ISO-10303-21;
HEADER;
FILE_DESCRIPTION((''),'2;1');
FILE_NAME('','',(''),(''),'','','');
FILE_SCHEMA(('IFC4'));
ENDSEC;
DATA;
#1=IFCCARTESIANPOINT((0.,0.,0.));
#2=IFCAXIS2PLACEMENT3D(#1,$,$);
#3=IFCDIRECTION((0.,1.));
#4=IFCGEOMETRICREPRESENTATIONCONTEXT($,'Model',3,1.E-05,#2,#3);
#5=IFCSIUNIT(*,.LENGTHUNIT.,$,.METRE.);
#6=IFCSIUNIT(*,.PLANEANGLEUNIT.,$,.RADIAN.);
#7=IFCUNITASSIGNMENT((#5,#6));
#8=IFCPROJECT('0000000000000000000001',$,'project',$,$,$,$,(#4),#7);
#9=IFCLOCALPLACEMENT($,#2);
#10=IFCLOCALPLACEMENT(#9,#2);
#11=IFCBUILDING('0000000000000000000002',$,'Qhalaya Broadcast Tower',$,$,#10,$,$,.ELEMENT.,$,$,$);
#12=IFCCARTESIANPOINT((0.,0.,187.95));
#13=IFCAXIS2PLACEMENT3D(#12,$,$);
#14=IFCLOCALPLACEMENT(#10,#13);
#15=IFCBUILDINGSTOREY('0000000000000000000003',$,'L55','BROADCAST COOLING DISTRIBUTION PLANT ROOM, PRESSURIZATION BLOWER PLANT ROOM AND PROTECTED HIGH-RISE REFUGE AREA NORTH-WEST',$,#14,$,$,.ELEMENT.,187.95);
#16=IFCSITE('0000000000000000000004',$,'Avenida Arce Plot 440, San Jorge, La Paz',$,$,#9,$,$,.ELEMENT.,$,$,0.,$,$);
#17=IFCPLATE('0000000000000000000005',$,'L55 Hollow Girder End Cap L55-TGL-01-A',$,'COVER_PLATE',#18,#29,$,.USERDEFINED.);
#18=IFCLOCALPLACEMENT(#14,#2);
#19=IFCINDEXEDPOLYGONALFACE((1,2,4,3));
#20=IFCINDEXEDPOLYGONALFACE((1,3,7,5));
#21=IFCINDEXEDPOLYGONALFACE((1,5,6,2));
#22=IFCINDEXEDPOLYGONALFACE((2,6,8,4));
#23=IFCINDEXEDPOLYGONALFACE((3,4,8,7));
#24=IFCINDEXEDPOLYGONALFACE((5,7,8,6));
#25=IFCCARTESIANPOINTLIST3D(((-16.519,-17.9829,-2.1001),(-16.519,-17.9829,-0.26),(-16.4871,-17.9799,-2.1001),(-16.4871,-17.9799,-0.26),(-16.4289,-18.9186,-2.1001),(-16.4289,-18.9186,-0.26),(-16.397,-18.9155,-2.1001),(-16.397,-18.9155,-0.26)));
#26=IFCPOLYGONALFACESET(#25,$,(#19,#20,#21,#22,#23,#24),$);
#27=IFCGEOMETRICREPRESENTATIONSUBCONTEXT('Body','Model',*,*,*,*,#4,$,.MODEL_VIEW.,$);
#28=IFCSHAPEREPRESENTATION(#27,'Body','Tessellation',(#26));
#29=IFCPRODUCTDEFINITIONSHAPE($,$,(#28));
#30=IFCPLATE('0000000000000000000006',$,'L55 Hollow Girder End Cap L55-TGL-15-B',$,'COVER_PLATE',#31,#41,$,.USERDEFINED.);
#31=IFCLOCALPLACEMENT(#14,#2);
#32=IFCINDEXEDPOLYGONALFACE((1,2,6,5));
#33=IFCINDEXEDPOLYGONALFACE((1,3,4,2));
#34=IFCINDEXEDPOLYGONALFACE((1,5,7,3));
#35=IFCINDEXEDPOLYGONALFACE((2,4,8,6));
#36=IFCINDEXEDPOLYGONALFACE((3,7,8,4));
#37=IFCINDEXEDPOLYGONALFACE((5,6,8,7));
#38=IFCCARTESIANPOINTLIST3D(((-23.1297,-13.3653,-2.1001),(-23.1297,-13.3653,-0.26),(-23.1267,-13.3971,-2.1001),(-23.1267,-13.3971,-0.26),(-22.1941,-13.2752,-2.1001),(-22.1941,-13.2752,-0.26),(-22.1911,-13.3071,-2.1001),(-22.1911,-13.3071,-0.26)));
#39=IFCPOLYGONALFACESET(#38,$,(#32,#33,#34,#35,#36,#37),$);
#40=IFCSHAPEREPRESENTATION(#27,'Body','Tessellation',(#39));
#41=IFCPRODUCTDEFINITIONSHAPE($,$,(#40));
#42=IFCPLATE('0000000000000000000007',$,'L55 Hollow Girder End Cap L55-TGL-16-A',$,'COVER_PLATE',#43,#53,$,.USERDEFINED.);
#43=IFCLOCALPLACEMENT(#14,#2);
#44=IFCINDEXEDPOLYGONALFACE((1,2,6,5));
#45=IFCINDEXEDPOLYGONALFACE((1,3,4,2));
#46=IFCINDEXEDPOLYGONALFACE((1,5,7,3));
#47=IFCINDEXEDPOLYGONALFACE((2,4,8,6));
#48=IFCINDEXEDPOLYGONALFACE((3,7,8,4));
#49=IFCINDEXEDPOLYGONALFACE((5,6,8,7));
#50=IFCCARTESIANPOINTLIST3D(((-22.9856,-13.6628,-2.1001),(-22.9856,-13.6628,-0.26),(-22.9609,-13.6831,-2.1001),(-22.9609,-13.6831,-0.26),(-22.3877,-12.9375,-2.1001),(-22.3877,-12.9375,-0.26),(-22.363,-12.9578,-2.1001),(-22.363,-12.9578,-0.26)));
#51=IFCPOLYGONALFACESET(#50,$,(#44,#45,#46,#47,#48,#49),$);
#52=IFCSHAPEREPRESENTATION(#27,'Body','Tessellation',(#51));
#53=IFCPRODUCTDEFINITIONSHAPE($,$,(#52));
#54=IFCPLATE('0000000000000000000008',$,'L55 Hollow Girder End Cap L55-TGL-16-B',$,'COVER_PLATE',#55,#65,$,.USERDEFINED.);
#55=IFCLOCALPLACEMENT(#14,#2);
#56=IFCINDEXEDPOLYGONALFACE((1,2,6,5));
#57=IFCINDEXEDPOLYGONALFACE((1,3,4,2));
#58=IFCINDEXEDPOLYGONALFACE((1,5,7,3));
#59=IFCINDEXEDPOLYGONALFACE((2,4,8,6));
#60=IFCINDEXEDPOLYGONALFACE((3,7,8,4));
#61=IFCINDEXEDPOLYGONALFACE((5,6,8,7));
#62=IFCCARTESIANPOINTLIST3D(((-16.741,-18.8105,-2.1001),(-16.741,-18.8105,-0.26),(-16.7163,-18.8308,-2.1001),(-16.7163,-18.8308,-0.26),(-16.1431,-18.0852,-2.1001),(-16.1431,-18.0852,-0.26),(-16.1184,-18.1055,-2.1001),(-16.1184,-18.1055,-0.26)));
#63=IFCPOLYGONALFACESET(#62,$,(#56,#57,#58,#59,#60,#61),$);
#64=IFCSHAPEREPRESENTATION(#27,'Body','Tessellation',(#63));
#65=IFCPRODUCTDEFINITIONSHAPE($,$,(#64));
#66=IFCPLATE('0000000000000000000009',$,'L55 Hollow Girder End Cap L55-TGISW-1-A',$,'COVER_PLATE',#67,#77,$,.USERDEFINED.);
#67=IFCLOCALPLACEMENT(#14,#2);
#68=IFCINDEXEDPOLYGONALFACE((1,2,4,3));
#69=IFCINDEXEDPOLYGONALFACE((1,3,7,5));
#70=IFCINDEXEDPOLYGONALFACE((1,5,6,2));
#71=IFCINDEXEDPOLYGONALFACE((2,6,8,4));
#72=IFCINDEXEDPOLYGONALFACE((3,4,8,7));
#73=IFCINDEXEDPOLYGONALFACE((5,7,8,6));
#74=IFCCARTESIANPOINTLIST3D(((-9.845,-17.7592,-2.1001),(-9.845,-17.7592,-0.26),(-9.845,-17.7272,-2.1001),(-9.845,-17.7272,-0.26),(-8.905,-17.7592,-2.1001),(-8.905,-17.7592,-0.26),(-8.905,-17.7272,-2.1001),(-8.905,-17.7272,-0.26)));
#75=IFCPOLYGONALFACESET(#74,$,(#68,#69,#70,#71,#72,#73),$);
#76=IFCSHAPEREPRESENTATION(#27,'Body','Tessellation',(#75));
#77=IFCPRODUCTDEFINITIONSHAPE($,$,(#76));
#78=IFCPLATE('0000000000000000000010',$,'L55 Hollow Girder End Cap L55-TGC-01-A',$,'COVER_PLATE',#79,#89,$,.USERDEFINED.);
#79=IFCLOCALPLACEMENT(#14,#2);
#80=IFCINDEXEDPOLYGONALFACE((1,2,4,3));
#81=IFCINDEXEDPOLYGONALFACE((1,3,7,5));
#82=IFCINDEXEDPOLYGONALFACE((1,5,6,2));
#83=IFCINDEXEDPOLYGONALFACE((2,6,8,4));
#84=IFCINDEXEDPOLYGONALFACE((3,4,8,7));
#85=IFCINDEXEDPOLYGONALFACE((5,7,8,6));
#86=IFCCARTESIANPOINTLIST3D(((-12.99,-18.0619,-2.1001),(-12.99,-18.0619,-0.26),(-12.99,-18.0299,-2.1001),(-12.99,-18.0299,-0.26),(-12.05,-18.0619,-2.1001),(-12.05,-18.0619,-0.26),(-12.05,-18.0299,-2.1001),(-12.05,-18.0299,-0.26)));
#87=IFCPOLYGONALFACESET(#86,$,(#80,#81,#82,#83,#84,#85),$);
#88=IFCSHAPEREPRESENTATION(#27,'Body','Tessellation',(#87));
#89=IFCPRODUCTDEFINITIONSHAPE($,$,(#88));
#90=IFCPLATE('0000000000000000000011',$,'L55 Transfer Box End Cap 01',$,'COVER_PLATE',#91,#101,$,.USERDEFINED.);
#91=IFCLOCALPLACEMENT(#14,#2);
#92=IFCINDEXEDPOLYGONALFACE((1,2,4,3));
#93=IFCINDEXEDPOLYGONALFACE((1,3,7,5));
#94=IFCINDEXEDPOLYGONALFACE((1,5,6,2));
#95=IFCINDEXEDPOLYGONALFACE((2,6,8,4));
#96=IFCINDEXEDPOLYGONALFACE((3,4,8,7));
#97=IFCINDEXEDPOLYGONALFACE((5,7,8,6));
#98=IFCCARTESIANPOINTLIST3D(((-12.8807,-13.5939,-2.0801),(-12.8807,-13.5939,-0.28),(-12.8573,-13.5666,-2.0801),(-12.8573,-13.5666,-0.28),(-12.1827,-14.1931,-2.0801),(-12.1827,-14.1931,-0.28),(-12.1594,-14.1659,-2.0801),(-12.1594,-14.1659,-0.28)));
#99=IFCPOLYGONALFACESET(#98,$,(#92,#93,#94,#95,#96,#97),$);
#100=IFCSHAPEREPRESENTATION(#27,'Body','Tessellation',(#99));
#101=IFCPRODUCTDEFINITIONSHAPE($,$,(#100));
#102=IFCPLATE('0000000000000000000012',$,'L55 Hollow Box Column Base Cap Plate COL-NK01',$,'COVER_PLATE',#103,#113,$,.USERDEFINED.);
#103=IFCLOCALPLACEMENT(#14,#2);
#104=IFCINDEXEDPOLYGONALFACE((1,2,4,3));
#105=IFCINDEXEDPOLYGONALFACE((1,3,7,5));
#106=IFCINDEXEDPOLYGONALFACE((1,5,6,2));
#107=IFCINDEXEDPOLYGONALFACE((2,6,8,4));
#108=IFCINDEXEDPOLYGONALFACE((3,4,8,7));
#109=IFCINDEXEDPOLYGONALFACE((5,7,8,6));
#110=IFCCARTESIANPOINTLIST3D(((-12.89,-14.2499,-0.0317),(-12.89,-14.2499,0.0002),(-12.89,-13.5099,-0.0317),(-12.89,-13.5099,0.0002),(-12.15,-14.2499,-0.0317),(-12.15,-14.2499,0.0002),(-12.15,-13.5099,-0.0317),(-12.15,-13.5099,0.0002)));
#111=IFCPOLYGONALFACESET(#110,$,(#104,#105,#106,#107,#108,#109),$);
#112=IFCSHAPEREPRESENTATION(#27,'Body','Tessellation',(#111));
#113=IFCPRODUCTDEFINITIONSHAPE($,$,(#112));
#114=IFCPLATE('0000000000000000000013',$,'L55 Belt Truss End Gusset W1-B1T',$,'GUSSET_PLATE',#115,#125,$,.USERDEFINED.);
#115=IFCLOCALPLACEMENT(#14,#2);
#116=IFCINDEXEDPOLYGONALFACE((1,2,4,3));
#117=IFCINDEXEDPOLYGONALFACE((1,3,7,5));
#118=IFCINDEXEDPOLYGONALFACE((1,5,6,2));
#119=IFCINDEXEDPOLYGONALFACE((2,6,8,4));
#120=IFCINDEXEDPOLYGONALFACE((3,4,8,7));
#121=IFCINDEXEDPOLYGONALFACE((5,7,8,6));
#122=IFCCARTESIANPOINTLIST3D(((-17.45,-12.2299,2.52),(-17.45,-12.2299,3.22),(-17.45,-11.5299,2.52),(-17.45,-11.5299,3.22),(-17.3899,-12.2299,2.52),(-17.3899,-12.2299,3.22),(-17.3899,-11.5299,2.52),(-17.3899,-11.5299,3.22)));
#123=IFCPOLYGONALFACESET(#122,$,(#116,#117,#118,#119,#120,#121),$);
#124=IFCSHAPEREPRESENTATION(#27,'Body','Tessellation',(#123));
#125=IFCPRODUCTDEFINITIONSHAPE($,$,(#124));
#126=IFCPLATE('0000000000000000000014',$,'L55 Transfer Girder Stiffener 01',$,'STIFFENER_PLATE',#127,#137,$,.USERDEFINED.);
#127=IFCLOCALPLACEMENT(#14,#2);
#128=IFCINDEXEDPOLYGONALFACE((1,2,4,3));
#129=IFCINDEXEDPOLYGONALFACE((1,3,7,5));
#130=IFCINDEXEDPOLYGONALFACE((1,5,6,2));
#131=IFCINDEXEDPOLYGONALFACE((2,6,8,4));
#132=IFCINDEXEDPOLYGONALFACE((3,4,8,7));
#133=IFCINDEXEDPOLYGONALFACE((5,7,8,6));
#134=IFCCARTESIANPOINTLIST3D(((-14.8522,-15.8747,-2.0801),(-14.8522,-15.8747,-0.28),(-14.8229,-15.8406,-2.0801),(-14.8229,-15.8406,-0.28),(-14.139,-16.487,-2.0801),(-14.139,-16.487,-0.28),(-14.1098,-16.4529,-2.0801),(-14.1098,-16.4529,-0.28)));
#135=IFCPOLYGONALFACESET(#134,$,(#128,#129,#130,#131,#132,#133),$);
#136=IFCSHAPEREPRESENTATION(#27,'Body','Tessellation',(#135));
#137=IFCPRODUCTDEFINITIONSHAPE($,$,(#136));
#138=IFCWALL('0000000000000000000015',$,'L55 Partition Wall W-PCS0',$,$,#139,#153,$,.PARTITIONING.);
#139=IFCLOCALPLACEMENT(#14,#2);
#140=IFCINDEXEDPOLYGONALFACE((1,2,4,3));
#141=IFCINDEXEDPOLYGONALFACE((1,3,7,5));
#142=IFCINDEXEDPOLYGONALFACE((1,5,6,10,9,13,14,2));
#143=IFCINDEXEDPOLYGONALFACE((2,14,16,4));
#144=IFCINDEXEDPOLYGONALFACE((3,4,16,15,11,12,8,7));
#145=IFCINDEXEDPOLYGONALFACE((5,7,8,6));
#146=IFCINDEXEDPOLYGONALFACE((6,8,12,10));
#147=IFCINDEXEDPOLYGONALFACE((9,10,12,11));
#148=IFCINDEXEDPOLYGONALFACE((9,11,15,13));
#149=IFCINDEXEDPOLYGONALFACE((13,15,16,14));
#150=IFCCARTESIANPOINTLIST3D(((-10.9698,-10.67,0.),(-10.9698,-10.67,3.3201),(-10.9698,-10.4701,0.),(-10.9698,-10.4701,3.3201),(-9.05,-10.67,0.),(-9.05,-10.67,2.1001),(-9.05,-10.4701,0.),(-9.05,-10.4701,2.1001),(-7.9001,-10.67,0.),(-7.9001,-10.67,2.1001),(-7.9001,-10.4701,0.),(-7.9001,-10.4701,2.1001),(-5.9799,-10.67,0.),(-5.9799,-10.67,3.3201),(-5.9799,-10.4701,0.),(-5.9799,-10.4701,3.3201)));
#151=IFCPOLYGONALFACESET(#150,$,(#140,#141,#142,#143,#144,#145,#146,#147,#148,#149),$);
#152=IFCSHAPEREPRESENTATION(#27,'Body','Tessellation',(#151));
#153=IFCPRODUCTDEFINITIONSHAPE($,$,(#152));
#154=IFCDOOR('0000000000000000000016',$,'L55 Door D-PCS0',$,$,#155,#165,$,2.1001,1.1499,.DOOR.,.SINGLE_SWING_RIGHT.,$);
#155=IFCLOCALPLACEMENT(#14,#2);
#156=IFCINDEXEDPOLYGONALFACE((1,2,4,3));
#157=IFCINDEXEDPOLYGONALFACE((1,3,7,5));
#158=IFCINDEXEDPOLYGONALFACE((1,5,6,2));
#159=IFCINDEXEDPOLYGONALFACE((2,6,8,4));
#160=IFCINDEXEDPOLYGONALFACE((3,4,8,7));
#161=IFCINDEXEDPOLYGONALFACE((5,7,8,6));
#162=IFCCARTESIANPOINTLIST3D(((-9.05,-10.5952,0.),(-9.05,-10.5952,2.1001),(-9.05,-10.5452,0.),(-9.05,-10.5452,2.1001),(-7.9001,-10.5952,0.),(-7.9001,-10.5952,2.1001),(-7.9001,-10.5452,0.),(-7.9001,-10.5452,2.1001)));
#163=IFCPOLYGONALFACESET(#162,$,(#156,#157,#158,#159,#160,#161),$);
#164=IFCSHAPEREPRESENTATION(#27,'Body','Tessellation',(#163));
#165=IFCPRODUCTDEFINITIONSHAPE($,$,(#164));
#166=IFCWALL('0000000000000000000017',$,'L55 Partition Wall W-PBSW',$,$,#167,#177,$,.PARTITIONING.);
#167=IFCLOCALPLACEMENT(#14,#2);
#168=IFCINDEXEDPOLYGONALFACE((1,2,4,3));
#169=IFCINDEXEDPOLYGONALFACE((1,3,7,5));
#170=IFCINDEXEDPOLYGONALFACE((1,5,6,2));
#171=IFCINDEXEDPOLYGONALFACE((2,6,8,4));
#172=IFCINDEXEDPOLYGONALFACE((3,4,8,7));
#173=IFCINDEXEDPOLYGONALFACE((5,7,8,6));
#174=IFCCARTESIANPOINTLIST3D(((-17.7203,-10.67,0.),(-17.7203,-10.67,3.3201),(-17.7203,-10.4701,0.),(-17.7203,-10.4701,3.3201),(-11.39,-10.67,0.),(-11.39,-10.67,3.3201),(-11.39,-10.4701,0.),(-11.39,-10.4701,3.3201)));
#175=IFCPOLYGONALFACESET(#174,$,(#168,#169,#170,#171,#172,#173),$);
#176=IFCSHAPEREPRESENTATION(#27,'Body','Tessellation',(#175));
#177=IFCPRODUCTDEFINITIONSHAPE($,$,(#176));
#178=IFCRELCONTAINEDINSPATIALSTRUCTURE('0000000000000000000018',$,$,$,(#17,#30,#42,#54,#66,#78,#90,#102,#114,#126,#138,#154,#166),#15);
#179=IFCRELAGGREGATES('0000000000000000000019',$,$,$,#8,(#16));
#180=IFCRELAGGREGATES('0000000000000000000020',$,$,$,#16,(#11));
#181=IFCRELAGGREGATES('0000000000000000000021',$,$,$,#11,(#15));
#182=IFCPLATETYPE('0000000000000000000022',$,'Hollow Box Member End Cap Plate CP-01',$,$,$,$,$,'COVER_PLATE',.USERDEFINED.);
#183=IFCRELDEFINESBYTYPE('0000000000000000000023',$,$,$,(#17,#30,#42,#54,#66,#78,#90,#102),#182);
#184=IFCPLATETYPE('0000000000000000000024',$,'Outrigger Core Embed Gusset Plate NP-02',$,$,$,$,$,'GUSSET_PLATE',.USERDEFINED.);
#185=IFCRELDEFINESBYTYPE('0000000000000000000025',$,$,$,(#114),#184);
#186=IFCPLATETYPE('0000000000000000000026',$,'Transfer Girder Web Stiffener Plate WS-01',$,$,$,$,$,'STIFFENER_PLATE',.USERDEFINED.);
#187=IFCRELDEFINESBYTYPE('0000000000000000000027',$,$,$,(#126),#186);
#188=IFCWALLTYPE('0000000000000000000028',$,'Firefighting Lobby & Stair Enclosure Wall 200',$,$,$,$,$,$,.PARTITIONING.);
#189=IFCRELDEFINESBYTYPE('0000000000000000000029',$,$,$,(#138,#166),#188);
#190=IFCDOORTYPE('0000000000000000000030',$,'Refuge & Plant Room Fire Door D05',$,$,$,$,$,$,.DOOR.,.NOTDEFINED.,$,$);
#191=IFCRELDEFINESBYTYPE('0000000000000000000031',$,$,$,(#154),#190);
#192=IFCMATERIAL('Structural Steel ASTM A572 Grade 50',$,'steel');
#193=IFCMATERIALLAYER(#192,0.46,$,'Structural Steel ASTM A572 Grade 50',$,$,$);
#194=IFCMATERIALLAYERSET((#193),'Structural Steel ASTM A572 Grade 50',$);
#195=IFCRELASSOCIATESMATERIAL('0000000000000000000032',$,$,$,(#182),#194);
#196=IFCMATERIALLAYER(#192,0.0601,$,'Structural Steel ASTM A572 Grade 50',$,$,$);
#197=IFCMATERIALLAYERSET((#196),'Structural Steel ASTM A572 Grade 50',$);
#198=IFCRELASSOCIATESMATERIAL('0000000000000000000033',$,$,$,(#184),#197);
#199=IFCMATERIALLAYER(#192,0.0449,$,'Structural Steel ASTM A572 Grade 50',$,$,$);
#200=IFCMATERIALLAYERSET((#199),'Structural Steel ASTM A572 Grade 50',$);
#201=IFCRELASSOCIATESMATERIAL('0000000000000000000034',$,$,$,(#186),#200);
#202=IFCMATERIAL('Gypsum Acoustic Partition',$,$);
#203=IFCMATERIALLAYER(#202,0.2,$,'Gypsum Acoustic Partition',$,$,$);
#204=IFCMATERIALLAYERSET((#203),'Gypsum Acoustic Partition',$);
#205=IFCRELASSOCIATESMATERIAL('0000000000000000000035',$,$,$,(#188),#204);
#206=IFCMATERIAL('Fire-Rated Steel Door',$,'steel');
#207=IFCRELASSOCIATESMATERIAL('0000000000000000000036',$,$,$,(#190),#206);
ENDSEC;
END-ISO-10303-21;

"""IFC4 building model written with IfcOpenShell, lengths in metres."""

from ifc_helpers import new_model, si_unit, direction, frame, frame_2d, origin, origin_2d, place, context, subcontext, project, spatial, rectangle, extrude, material, layer, layer_set, type_object, element, fill, save


model = new_model("IFC4")

# Units and contexts
model_context = context("Model", 3, precision=1e-05, world=origin(), true_north=direction((0.0, 1.0)))
body_context = subcontext(model_context, "Body", "Model", "MODEL_VIEW")
ifc_project = project(units=[si_unit("LENGTHUNIT", "METRE"), si_unit("PLANEANGLEUNIT", "RADIAN")], contexts=[model_context])

# Site, building, storey
site_placement = place(None, origin())
site = spatial("IfcSite", under=ifc_project, at=site_placement, Name="Avenida Arce Plot 440, San Jorge, La Paz", CompositionType="ELEMENT", RefElevation=0.0)
building_placement = place(site_placement, origin())
building = spatial("IfcBuilding", under=site, at=building_placement, Name="Qhalaya Broadcast Tower", CompositionType="ELEMENT")
storey_placement = place(building_placement, frame((0.0, 0.0, 187.95)))
storey = spatial("IfcBuildingStorey", under=building, at=storey_placement, Name="L55", Description="BROADCAST COOLING DISTRIBUTION PLANT ROOM, PRESSURIZATION BLOWER PLANT ROOM AND PROTECTED HIGH-RISE REFUGE AREA NORTH-WEST", CompositionType="ELEMENT", Elevation=187.95)

# Shared definitions
ifc_material_1 = material(Name="Structural Steel ASTM A572 Grade 50", Category="steel")

# Plates
ifc_layer_1 = layer(ifc_material_1, 0.46, Name="Structural Steel ASTM A572 Grade 50")
ifc_layer_set_1 = layer_set([ifc_layer_1], Name="Structural Steel ASTM A572 Grade 50")
plate_type_1 = type_object("IfcPlateType", Name="Hollow Box Member End Cap Plate CP-01", ElementType="COVER_PLATE", PredefinedType="USERDEFINED", material=ifc_layer_set_1)
for number, where, z_axis, x_axis, name in (
    (1, (-16.458, -18.4492, -2.1001), (0.0, 0.0, 1.0), (-0.095846, 0.995396, 0.0), "L55 Hollow Girder End Cap L55-TGL-01-A"),
    (2, (-22.6604, -13.3362, -2.1001), (0.0, 0.0, 1.0), (0.995396, 0.095846, 0.0), "L55 Hollow Girder End Cap L55-TGL-15-B"),
    (3, (-22.6743, -13.3103, -2.1001), (0.0, 0.0, 1.0), (0.636078, 0.771625, 0.0), "L55 Hollow Girder End Cap L55-TGL-16-A"),
    (4, (-16.4297, -18.458, -2.1001), (0.0, 0.0, 1.0), (0.636078, 0.771625, 0.0), "L55 Hollow Girder End Cap L55-TGL-16-B"),
    (5, (-9.375, -17.7432, -2.1001), (0.0, 0.0, 1.0), (-1.0, 0.0, 0.0), "L55 Hollow Girder End Cap L55-TGISW-1-A"),
    (6, (-12.52, -18.0459, -2.1001), (0.0, 0.0, 1.0), (-1.0, 0.0, 0.0), "L55 Hollow Girder End Cap L55-TGC-01-A"),
):
    element("IfcPlate", number, at=place(storey_placement, frame(where, z_axis=z_axis, x_axis=x_axis)), inside=storey, type_object=plate_type_1, Name=name, ObjectType="COVER_PLATE", PredefinedType="USERDEFINED", context=body_context, shape_type="SweptSolid", body=[
        extrude(rectangle(XDim=0.9399, YDim=0.032, at=origin_2d()), origin(), (0.0, 0.0, 1.0), 1.8401),
    ])
plate_1_placement = place(storey_placement, frame((-12.52, -13.8799, -2.0801), z_axis=(0.0, 0.0, 1.0), x_axis=(-0.758703, 0.651437, 0.0)))
element("IfcPlate", 7, at=plate_1_placement, inside=storey, type_object=plate_type_1, Name="L55 Transfer Box End Cap 01", ObjectType="COVER_PLATE", PredefinedType="USERDEFINED", context=body_context, shape_type="SweptSolid", body=[
    extrude(rectangle(XDim=0.9199, YDim=0.0359, at=origin_2d()), origin(), (0.0, 0.0, 1.0), 1.8),
])
plate_2_placement = place(storey_placement, frame((-12.52, -13.8799, -0.0317), z_axis=(0.0, 0.0, 1.0), x_axis=(1.0, 0.0, 0.0)))
element("IfcPlate", 8, at=plate_2_placement, inside=storey, type_object=plate_type_1, Name="L55 Hollow Box Column Base Cap Plate COL-NK01", ObjectType="COVER_PLATE", PredefinedType="USERDEFINED", context=body_context, shape_type="SweptSolid", body=[
    extrude(rectangle(XDim=0.74, YDim=0.74, at=origin_2d()), origin(), (0.0, 0.0, 1.0), 0.032),
])
ifc_layer_2 = layer(ifc_material_1, 0.0601, Name="Structural Steel ASTM A572 Grade 50")
ifc_layer_set_2 = layer_set([ifc_layer_2], Name="Structural Steel ASTM A572 Grade 50")
plate_type_2 = type_object("IfcPlateType", Name="Outrigger Core Embed Gusset Plate NP-02", ElementType="GUSSET_PLATE", PredefinedType="USERDEFINED", material=ifc_layer_set_2)
plate_3_placement = place(storey_placement, frame((-17.4199, -11.8799, 2.52), z_axis=(0.0, 0.0, 1.0), x_axis=(0.0, 1.0, 0.0)))
element("IfcPlate", 9, at=plate_3_placement, inside=storey, type_object=plate_type_2, Name="L55 Belt Truss End Gusset W1-B1T", ObjectType="GUSSET_PLATE", PredefinedType="USERDEFINED", context=body_context, shape_type="SweptSolid", body=[
    extrude(rectangle(XDim=0.7, YDim=0.0601, at=origin_2d()), origin(), (0.0, 0.0, 1.0), 0.7),
])
ifc_layer_3 = layer(ifc_material_1, 0.0449, Name="Structural Steel ASTM A572 Grade 50")
ifc_layer_set_3 = layer_set([ifc_layer_3], Name="Structural Steel ASTM A572 Grade 50")
plate_type_3 = type_object("IfcPlateType", Name="Transfer Girder Web Stiffener Plate WS-01", ElementType="STIFFENER_PLATE", PredefinedType="USERDEFINED", material=ifc_layer_set_3)
plate_4_placement = place(storey_placement, frame((-14.481, -16.1638, -2.0801), z_axis=(0.0, 0.0, 1.0), x_axis=(-0.758703, 0.651437, 0.0)))
element("IfcPlate", 10, at=plate_4_placement, inside=storey, type_object=plate_type_3, Name="L55 Transfer Girder Stiffener 01", ObjectType="STIFFENER_PLATE", PredefinedType="USERDEFINED", context=body_context, shape_type="SweptSolid", body=[
    extrude(rectangle(XDim=0.9399, YDim=0.0449, at=origin_2d()), origin(), (0.0, 0.0, 1.0), 1.8),
])

# Wall, opening, door
ifc_material_2 = material(Name="Gypsum Acoustic Partition")
ifc_layer_4 = layer(ifc_material_2, 0.2, Name="Gypsum Acoustic Partition")
ifc_layer_set_4 = layer_set([ifc_layer_4], Name="Gypsum Acoustic Partition")
wall_type = type_object("IfcWallType", Name="Firefighting Lobby & Stair Enclosure Wall 200", PredefinedType="PARTITIONING", material=ifc_layer_set_4)
wall_1_placement = place(storey_placement, frame((-10.97, -10.5701, 0.0), z_axis=(0.0, 0.0, 1.0), x_axis=(1.0, 0.0, 0.0)))
wall_1 = element("IfcWall", 11, at=wall_1_placement, inside=storey, type_object=wall_type, Name="L55 Partition Wall W-PCS0", PredefinedType="PARTITIONING", context=body_context, shape_type="SweptSolid", body=[
    extrude(rectangle(XDim=4.99, YDim=0.2, at=frame_2d((2.4951, 0.0))), origin(), (0.0, 0.0, 1.0), 3.3201),
])
opening_placement = place(wall_1_placement, frame((1.9199, 0.0, 0.0)))
opening = element("IfcOpeningElement", 12, at=opening_placement, cuts=wall_1, PredefinedType="OPENING", context=body_context, shape_type="SweptSolid", body=[
    extrude(rectangle(XDim=1.1499, YDim=2.1001, at=frame_2d((0.575, 1.05))), frame((0.0, 0.1121, 0.0), z_axis=(0.0, -1.0, 0.0), x_axis=(1.0, 0.0, 0.0)), (0.0, 0.0, 1.0), 0.2239),
])
ifc_material_3 = material(Name="Fire-Rated Steel Door", Category="steel")
door_type = type_object("IfcDoorType", Name="Refuge & Plant Room Fire Door D05", OperationType="NOTDEFINED", PredefinedType="DOOR", material=ifc_material_3)
door_placement = place(opening_placement, origin())
door = element("IfcDoor", 13, at=door_placement, inside=storey, type_object=door_type, Name="L55 Door D-PCS0", OperationType="SINGLE_SWING_RIGHT", OverallHeight=2.1001, OverallWidth=1.1499, PredefinedType="DOOR", context=body_context, shape_type="SweptSolid", body=[
    extrude(rectangle(XDim=1.1499, YDim=2.1001, at=frame_2d((0.575, 1.05))), frame((0.0, 0.0249, 0.0), z_axis=(0.0, -1.0, 0.0), x_axis=(1.0, 0.0, 0.0)), (0.0, 0.0, 1.0), 0.05),
])
fill(opening, door)

# Wall
wall_2_placement = place(storey_placement, frame((-17.7202, -10.5701, 0.0), z_axis=(0.0, 0.0, 1.0), x_axis=(1.0, 0.0, 0.0)))
element("IfcWall", 14, at=wall_2_placement, inside=storey, type_object=wall_type, Name="L55 Partition Wall W-PBSW", PredefinedType="PARTITIONING", context=body_context, shape_type="SweptSolid", body=[
    extrude(rectangle(XDim=6.3303, YDim=0.2, at=frame_2d((3.165, 0.0))), origin(), (0.0, 0.0, 1.0), 3.3201),
])

save(model, "model.ifc")
